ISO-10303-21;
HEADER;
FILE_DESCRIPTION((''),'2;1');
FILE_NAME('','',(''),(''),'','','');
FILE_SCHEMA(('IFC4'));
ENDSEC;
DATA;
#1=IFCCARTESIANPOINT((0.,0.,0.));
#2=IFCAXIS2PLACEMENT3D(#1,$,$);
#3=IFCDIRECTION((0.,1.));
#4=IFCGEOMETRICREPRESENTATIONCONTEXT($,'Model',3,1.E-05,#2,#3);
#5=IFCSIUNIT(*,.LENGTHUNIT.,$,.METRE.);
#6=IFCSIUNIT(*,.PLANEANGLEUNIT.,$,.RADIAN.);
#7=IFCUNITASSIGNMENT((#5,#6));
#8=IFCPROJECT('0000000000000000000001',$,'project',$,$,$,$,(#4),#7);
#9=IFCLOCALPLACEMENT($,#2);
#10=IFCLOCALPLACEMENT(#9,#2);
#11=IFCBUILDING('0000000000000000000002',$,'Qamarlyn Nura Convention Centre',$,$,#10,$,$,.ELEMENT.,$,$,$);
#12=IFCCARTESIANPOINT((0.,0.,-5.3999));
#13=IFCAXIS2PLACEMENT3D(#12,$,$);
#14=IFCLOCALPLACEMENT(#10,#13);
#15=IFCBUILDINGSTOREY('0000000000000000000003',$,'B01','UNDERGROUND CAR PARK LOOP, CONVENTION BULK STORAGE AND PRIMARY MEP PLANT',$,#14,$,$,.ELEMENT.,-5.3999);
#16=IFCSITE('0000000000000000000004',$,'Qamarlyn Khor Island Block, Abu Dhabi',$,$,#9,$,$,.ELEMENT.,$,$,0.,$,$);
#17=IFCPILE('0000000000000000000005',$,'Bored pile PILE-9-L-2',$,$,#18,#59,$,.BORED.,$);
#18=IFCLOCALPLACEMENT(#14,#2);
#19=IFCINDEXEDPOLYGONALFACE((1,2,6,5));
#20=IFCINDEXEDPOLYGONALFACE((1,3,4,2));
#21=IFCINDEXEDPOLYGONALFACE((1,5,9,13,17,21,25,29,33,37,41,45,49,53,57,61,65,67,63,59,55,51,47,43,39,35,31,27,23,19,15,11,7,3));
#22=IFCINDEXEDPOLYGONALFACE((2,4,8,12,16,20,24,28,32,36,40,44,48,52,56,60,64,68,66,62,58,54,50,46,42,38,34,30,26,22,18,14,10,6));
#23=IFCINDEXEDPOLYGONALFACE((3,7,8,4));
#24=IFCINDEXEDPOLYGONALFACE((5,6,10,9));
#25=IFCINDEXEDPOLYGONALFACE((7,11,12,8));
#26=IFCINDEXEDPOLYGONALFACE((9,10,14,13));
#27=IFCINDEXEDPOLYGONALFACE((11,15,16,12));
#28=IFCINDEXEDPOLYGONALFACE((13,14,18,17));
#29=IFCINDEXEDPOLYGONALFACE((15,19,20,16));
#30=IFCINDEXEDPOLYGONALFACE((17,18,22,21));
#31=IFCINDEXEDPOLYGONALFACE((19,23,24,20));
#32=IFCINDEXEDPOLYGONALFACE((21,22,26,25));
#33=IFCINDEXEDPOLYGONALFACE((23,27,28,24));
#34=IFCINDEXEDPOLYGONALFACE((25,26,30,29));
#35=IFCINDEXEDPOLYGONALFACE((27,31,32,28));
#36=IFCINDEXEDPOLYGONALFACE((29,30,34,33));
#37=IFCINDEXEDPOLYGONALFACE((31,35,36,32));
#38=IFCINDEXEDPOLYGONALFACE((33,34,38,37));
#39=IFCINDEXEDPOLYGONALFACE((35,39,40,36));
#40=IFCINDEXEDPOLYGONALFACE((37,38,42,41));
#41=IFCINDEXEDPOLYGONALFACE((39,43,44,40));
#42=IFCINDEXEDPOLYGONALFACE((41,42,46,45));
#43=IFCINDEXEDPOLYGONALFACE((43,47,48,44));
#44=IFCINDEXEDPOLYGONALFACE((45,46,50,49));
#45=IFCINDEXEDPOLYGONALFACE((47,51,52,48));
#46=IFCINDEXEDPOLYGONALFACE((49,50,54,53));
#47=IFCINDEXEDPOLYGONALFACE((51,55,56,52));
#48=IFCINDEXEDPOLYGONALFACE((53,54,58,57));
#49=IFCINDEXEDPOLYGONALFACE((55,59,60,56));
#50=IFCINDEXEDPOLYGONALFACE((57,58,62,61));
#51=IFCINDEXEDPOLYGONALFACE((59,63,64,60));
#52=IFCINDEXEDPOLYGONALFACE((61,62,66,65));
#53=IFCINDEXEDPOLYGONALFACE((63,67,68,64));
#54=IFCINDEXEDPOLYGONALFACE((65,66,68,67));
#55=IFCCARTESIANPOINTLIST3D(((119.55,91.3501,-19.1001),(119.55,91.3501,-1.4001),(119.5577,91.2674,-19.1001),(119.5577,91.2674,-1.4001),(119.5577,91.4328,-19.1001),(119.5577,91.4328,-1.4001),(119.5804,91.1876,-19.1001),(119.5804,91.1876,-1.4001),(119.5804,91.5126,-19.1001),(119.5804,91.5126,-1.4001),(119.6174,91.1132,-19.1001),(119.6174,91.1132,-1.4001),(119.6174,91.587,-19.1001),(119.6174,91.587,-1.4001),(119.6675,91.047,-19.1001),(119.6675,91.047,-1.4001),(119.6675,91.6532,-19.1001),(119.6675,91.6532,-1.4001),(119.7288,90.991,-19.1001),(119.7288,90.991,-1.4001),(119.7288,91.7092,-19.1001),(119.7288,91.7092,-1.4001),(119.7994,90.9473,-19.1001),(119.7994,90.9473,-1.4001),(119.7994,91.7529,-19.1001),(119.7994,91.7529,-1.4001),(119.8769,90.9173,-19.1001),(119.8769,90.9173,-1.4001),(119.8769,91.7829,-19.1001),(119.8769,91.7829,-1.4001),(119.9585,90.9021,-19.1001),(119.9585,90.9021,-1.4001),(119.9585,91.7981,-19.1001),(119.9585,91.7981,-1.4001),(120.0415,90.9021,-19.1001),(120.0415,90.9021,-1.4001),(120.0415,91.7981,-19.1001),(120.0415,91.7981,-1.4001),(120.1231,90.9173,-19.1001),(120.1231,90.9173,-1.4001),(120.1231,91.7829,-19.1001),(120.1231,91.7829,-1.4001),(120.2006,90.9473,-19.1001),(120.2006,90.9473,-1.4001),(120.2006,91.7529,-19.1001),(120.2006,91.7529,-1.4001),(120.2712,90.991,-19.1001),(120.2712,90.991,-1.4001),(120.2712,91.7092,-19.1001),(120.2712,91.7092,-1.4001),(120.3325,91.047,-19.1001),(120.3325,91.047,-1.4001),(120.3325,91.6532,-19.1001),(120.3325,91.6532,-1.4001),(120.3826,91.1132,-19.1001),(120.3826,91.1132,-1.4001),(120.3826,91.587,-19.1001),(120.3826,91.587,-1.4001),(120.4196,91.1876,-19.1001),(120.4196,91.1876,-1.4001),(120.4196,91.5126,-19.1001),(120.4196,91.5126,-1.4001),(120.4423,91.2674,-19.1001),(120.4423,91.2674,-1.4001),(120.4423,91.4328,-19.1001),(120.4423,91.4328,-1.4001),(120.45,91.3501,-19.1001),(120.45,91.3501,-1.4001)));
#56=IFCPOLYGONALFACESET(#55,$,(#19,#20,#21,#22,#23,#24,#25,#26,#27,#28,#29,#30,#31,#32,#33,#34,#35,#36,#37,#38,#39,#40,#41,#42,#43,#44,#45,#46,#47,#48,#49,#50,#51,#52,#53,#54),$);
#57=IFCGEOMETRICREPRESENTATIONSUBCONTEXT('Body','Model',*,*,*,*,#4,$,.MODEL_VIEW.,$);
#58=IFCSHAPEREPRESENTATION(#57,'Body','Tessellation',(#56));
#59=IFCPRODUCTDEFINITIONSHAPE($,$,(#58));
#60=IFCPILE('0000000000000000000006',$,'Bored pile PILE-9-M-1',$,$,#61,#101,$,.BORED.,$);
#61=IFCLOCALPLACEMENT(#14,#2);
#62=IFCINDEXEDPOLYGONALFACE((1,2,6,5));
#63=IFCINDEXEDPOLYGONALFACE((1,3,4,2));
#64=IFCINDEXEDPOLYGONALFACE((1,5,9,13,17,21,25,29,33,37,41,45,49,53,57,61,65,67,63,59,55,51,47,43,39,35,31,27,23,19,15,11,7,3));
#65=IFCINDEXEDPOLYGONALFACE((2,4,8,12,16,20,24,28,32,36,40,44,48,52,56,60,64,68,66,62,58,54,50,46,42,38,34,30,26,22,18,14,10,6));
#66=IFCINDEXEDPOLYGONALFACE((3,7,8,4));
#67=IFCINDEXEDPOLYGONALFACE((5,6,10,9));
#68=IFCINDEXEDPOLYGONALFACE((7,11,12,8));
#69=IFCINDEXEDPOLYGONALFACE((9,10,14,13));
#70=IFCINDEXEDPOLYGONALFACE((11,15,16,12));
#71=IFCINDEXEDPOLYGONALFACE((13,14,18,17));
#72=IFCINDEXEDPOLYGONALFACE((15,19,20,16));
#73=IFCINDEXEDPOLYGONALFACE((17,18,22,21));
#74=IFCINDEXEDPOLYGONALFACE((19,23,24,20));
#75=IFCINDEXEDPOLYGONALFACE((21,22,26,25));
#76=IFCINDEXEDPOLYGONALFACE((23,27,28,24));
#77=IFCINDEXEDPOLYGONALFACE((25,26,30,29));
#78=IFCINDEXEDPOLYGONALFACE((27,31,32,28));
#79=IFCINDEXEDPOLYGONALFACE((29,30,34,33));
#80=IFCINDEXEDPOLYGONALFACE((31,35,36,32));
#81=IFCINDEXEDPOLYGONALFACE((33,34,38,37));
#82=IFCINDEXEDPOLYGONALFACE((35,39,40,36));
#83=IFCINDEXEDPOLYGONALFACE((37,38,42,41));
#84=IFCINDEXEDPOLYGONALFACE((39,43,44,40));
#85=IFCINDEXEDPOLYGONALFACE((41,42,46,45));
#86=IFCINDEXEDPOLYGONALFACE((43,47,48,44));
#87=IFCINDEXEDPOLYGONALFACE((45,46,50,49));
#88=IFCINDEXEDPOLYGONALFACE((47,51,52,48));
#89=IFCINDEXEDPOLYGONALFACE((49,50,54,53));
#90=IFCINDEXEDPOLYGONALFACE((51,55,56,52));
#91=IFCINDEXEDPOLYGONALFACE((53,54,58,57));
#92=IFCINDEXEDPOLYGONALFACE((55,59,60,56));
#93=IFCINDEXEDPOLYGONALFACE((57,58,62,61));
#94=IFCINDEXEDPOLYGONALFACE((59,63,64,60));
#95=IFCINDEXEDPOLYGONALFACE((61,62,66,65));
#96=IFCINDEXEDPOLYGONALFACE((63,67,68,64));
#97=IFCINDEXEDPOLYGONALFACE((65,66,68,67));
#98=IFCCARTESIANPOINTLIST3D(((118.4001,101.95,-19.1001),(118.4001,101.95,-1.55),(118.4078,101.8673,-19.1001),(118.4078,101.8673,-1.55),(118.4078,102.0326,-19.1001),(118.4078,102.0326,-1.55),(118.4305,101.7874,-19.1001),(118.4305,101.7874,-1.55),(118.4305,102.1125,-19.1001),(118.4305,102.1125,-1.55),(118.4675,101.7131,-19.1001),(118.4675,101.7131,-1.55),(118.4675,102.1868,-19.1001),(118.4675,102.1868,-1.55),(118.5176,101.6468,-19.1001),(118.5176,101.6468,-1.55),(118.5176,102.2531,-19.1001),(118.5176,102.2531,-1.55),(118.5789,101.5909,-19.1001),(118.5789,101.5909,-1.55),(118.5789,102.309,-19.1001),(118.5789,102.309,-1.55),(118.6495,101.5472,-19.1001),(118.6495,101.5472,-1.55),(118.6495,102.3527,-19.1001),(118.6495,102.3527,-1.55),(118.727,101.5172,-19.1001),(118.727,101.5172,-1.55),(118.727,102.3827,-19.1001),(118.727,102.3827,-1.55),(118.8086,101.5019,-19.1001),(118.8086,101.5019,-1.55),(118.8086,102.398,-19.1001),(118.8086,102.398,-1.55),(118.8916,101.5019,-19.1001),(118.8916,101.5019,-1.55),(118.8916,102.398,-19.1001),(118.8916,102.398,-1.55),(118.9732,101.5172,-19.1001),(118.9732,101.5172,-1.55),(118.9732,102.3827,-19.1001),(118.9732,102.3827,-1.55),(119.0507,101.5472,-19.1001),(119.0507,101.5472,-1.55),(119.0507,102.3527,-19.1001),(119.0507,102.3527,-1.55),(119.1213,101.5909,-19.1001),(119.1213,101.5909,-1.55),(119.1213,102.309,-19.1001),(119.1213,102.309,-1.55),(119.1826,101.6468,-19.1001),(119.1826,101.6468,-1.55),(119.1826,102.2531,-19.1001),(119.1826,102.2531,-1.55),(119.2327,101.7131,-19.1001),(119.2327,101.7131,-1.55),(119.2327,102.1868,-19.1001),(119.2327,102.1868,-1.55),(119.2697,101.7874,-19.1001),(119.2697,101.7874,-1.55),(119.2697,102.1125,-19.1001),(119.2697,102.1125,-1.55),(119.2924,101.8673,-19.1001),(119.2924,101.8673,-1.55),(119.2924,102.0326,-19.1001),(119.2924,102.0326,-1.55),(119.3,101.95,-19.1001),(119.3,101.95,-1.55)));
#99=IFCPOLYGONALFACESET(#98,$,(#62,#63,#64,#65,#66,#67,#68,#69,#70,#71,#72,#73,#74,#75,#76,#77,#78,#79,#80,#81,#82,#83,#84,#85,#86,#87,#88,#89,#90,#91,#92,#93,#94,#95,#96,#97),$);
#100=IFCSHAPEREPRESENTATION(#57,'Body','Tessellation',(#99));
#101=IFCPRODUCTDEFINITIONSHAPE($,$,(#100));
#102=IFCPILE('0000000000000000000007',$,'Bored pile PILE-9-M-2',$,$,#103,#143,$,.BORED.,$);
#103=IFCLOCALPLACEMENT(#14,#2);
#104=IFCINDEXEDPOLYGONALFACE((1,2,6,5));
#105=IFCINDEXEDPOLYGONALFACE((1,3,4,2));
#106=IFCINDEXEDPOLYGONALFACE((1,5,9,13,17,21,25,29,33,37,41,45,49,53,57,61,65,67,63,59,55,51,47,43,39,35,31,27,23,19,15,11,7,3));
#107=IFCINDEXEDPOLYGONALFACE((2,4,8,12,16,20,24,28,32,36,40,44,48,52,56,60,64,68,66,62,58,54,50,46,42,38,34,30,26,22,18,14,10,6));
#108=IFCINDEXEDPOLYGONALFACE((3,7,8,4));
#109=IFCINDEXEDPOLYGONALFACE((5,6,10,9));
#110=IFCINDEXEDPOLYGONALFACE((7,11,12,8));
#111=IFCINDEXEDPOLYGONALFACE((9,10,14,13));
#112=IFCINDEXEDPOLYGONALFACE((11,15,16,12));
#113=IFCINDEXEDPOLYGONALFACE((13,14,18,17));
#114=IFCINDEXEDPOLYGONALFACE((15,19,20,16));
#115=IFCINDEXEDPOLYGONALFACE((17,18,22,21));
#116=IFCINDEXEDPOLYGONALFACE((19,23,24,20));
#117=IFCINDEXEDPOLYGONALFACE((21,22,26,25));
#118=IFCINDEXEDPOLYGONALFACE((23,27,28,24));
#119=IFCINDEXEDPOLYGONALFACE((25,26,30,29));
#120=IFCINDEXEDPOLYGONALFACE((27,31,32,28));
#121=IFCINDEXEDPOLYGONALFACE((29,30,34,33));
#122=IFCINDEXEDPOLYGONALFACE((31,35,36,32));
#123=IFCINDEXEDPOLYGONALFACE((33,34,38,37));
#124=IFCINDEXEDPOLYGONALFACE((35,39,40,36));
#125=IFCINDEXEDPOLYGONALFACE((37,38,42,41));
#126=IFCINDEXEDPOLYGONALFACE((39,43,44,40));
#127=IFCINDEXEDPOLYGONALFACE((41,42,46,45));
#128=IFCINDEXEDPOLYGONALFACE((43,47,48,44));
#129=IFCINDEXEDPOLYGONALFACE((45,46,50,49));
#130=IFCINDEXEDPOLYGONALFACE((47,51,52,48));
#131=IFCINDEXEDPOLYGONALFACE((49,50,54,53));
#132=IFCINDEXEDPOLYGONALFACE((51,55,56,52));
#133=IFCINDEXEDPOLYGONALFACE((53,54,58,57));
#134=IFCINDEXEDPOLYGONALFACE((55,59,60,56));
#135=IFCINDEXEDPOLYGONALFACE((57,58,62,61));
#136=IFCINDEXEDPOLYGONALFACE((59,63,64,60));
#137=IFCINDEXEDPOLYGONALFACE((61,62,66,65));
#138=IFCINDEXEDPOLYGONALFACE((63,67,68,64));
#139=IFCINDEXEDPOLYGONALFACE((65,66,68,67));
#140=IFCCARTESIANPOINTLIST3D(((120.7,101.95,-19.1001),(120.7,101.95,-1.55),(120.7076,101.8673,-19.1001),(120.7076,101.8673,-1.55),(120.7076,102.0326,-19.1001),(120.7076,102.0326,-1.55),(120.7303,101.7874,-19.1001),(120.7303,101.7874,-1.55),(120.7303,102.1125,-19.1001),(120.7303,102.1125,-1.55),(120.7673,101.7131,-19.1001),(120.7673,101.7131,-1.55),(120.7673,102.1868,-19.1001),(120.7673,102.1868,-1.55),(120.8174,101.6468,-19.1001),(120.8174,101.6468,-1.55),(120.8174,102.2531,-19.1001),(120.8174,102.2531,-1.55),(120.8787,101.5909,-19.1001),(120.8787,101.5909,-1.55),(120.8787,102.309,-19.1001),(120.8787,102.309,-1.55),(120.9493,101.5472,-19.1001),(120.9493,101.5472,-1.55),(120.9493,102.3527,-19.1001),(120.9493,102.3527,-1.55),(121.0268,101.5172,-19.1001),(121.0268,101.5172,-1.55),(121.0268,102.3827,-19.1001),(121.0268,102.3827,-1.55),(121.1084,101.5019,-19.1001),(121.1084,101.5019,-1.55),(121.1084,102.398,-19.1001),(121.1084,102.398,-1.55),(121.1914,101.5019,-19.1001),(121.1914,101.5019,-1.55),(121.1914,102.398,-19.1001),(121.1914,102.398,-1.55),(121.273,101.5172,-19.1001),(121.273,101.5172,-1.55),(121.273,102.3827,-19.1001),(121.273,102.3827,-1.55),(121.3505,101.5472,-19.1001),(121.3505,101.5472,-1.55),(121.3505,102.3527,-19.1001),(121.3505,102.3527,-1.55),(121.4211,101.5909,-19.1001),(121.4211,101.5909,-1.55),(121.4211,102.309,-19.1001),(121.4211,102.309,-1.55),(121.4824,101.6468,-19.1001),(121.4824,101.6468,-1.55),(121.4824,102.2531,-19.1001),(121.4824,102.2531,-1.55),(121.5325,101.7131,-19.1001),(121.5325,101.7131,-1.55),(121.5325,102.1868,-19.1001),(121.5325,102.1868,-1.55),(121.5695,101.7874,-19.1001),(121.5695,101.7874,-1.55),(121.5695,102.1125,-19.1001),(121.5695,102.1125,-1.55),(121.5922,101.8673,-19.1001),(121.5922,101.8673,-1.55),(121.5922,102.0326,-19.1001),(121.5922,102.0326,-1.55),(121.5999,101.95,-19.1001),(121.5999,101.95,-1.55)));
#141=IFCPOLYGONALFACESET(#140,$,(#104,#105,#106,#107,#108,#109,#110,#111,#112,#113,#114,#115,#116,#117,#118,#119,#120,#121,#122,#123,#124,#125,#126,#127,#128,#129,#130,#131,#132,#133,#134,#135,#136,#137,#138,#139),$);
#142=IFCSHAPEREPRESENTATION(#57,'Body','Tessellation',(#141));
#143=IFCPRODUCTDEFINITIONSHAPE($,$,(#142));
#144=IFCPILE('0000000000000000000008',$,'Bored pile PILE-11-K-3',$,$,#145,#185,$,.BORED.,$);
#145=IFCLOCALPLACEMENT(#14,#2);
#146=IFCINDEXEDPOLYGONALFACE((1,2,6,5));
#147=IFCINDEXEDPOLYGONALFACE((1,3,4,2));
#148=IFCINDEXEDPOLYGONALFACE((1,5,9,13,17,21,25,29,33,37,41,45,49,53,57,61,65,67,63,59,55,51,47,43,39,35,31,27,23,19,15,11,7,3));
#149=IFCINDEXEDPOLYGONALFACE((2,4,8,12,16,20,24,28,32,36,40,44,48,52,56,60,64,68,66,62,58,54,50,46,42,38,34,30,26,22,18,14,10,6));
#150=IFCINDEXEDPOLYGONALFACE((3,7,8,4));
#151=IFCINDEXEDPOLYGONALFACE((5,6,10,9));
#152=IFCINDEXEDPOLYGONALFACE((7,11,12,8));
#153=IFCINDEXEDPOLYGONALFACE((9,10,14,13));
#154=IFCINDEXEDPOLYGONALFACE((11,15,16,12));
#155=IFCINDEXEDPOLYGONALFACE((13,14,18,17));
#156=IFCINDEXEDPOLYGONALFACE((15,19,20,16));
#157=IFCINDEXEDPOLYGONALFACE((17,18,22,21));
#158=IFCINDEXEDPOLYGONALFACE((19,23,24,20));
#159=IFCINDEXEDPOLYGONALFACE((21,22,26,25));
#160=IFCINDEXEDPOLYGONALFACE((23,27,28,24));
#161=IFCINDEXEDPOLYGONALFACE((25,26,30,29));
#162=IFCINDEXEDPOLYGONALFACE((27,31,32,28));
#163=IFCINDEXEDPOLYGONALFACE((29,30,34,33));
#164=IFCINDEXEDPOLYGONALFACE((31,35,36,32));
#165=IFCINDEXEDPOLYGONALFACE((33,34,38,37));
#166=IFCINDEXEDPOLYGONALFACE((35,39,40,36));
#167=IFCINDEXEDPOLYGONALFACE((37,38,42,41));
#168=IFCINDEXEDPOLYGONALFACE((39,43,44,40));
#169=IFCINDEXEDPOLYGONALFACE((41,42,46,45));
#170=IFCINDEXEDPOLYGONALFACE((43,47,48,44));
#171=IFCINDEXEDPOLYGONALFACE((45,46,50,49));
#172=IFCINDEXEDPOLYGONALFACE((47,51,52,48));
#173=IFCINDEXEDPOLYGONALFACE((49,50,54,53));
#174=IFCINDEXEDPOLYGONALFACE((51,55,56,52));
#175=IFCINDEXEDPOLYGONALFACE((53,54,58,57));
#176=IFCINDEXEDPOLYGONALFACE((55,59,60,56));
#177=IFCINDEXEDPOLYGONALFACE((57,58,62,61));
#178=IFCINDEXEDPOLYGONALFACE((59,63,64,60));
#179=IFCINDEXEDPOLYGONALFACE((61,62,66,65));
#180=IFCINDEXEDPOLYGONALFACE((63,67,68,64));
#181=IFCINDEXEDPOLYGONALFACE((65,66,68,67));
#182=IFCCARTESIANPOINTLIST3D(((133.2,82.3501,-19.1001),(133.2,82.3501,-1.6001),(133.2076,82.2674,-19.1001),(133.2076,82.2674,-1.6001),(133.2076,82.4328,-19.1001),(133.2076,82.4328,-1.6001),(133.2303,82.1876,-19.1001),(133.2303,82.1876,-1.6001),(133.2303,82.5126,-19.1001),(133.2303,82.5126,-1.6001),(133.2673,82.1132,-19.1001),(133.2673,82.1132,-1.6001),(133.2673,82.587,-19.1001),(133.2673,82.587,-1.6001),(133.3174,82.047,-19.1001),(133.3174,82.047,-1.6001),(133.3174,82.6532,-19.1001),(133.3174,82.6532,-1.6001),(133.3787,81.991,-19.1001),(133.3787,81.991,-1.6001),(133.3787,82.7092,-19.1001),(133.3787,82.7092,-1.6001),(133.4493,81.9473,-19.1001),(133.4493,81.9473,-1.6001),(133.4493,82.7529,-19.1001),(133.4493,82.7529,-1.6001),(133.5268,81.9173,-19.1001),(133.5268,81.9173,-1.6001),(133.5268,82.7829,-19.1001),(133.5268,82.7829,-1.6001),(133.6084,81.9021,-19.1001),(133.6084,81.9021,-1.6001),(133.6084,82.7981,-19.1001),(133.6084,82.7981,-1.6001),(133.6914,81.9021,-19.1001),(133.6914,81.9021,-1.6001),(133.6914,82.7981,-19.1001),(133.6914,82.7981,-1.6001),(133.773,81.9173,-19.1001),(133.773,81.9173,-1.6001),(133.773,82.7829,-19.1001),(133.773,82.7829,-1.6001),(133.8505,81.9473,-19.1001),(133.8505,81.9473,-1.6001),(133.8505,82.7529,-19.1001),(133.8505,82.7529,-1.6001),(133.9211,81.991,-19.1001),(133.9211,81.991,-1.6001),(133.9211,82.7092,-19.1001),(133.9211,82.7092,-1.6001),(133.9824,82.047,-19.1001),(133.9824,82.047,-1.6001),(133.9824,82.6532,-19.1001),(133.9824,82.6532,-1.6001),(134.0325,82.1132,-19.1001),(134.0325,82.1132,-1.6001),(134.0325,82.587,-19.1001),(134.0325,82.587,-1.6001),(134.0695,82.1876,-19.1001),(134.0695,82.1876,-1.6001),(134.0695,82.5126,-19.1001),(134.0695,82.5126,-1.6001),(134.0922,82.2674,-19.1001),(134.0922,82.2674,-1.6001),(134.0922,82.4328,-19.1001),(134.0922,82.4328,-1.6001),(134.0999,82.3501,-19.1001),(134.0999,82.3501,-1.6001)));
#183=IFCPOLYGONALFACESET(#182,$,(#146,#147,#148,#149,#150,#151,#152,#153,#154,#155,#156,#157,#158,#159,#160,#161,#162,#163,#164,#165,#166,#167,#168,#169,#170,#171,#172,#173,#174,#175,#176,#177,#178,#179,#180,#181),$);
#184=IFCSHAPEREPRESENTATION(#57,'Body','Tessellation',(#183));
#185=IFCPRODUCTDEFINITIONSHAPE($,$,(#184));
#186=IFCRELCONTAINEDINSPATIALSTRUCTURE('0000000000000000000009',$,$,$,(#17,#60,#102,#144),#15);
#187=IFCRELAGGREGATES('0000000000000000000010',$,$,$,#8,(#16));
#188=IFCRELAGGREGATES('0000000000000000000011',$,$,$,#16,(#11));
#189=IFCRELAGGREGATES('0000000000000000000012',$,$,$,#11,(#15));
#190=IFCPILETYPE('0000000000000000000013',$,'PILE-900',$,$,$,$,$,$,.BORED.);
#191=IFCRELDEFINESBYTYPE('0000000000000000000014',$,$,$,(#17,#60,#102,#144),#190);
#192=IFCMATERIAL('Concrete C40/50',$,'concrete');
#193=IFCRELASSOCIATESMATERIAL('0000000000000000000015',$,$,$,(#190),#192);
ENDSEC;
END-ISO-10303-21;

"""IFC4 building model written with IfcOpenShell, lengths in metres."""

from ifc_helpers import new_model, si_unit, direction, frame, origin, origin_2d, place, context, subcontext, project, spatial, circle, extrude, material, material_profile, profile_set, type_object, element, save


model = new_model("IFC4")

# Units and contexts
model_context = context("Model", 3, precision=1e-05, world=origin(), true_north=direction((0.0, 1.0)))
body_context = subcontext(model_context, "Body", "Model", "MODEL_VIEW")
ifc_project = project(units=[si_unit("LENGTHUNIT", "METRE"), si_unit("PLANEANGLEUNIT", "RADIAN")], contexts=[model_context])

# Site, building, storey
site_placement = place(None, origin())
site = spatial("IfcSite", under=ifc_project, at=site_placement, Name="Qamarlyn Khor Island Block, Abu Dhabi", CompositionType="ELEMENT", RefElevation=0.0)
building_placement = place(site_placement, origin())
building = spatial("IfcBuilding", under=site, at=building_placement, Name="Qamarlyn Nura Convention Centre", CompositionType="ELEMENT")
storey_placement = place(building_placement, frame((0.0, 0.0, -5.3999)))
storey = spatial("IfcBuildingStorey", under=building, at=storey_placement, Name="B01", Description="UNDERGROUND CAR PARK LOOP, CONVENTION BULK STORAGE AND PRIMARY MEP PLANT", CompositionType="ELEMENT", Elevation=-5.3999)

# Shared definitions
ifc_material_1 = material(Name="Concrete C40/50", Category="concrete")

# Piles
ifc_material_profile_1 = material_profile(ifc_material_1, circle(Radius=0.45, at=origin_2d()), Name="BORED PILE 900")
ifc_profile_set_1 = profile_set([ifc_material_profile_1], Name="Concrete C40/50")
pile_type = type_object("IfcPileType", Name="PILE-900", PredefinedType="BORED", material=ifc_profile_set_1)
for number, where, z_axis, x_axis, name in (
    (1, (120.0, 91.3501, -1.4001), (0.0, 0.0, -1.0), (1.0, 0.0, 0.0), "Bored pile PILE-9-L-2"),
):
    element("IfcPile", number, at=place(storey_placement, frame(where, z_axis=z_axis, x_axis=x_axis)), inside=storey, type_object=pile_type, Name=name, PredefinedType="BORED", context=body_context, shape_type="SweptSolid", body=[
        extrude(circle(Radius=0.45, at=origin_2d()), origin(), (0.0, 0.0, 1.0), 17.7),
    ])
for number, where, z_axis, x_axis, name in (
    (2, (118.8501, 101.95, -1.55), (0.0, 0.0, -1.0), (1.0, 0.0, 0.0), "Bored pile PILE-9-M-1"),
    (3, (121.1499, 101.95, -1.55), (0.0, 0.0, -1.0), (1.0, 0.0, 0.0), "Bored pile PILE-9-M-2"),
):
    element("IfcPile", number, at=place(storey_placement, frame(where, z_axis=z_axis, x_axis=x_axis)), inside=storey, type_object=pile_type, Name=name, PredefinedType="BORED", context=body_context, shape_type="SweptSolid", body=[
        extrude(circle(Radius=0.45, at=origin_2d()), origin(), (0.0, 0.0, 1.0), 17.55),
    ])
for number, where, z_axis, x_axis, name in (
    (4, (133.6499, 82.3501, -1.6001), (0.0, 0.0, -1.0), (1.0, 0.0, 0.0), "Bored pile PILE-11-K-3"),
):
    element("IfcPile", number, at=place(storey_placement, frame(where, z_axis=z_axis, x_axis=x_axis)), inside=storey, type_object=pile_type, Name=name, PredefinedType="BORED", context=body_context, shape_type="SweptSolid", body=[
        extrude(circle(Radius=0.45, at=origin_2d()), origin(), (0.0, 0.0, 1.0), 17.5),
    ])

save(model, "model.ifc")
